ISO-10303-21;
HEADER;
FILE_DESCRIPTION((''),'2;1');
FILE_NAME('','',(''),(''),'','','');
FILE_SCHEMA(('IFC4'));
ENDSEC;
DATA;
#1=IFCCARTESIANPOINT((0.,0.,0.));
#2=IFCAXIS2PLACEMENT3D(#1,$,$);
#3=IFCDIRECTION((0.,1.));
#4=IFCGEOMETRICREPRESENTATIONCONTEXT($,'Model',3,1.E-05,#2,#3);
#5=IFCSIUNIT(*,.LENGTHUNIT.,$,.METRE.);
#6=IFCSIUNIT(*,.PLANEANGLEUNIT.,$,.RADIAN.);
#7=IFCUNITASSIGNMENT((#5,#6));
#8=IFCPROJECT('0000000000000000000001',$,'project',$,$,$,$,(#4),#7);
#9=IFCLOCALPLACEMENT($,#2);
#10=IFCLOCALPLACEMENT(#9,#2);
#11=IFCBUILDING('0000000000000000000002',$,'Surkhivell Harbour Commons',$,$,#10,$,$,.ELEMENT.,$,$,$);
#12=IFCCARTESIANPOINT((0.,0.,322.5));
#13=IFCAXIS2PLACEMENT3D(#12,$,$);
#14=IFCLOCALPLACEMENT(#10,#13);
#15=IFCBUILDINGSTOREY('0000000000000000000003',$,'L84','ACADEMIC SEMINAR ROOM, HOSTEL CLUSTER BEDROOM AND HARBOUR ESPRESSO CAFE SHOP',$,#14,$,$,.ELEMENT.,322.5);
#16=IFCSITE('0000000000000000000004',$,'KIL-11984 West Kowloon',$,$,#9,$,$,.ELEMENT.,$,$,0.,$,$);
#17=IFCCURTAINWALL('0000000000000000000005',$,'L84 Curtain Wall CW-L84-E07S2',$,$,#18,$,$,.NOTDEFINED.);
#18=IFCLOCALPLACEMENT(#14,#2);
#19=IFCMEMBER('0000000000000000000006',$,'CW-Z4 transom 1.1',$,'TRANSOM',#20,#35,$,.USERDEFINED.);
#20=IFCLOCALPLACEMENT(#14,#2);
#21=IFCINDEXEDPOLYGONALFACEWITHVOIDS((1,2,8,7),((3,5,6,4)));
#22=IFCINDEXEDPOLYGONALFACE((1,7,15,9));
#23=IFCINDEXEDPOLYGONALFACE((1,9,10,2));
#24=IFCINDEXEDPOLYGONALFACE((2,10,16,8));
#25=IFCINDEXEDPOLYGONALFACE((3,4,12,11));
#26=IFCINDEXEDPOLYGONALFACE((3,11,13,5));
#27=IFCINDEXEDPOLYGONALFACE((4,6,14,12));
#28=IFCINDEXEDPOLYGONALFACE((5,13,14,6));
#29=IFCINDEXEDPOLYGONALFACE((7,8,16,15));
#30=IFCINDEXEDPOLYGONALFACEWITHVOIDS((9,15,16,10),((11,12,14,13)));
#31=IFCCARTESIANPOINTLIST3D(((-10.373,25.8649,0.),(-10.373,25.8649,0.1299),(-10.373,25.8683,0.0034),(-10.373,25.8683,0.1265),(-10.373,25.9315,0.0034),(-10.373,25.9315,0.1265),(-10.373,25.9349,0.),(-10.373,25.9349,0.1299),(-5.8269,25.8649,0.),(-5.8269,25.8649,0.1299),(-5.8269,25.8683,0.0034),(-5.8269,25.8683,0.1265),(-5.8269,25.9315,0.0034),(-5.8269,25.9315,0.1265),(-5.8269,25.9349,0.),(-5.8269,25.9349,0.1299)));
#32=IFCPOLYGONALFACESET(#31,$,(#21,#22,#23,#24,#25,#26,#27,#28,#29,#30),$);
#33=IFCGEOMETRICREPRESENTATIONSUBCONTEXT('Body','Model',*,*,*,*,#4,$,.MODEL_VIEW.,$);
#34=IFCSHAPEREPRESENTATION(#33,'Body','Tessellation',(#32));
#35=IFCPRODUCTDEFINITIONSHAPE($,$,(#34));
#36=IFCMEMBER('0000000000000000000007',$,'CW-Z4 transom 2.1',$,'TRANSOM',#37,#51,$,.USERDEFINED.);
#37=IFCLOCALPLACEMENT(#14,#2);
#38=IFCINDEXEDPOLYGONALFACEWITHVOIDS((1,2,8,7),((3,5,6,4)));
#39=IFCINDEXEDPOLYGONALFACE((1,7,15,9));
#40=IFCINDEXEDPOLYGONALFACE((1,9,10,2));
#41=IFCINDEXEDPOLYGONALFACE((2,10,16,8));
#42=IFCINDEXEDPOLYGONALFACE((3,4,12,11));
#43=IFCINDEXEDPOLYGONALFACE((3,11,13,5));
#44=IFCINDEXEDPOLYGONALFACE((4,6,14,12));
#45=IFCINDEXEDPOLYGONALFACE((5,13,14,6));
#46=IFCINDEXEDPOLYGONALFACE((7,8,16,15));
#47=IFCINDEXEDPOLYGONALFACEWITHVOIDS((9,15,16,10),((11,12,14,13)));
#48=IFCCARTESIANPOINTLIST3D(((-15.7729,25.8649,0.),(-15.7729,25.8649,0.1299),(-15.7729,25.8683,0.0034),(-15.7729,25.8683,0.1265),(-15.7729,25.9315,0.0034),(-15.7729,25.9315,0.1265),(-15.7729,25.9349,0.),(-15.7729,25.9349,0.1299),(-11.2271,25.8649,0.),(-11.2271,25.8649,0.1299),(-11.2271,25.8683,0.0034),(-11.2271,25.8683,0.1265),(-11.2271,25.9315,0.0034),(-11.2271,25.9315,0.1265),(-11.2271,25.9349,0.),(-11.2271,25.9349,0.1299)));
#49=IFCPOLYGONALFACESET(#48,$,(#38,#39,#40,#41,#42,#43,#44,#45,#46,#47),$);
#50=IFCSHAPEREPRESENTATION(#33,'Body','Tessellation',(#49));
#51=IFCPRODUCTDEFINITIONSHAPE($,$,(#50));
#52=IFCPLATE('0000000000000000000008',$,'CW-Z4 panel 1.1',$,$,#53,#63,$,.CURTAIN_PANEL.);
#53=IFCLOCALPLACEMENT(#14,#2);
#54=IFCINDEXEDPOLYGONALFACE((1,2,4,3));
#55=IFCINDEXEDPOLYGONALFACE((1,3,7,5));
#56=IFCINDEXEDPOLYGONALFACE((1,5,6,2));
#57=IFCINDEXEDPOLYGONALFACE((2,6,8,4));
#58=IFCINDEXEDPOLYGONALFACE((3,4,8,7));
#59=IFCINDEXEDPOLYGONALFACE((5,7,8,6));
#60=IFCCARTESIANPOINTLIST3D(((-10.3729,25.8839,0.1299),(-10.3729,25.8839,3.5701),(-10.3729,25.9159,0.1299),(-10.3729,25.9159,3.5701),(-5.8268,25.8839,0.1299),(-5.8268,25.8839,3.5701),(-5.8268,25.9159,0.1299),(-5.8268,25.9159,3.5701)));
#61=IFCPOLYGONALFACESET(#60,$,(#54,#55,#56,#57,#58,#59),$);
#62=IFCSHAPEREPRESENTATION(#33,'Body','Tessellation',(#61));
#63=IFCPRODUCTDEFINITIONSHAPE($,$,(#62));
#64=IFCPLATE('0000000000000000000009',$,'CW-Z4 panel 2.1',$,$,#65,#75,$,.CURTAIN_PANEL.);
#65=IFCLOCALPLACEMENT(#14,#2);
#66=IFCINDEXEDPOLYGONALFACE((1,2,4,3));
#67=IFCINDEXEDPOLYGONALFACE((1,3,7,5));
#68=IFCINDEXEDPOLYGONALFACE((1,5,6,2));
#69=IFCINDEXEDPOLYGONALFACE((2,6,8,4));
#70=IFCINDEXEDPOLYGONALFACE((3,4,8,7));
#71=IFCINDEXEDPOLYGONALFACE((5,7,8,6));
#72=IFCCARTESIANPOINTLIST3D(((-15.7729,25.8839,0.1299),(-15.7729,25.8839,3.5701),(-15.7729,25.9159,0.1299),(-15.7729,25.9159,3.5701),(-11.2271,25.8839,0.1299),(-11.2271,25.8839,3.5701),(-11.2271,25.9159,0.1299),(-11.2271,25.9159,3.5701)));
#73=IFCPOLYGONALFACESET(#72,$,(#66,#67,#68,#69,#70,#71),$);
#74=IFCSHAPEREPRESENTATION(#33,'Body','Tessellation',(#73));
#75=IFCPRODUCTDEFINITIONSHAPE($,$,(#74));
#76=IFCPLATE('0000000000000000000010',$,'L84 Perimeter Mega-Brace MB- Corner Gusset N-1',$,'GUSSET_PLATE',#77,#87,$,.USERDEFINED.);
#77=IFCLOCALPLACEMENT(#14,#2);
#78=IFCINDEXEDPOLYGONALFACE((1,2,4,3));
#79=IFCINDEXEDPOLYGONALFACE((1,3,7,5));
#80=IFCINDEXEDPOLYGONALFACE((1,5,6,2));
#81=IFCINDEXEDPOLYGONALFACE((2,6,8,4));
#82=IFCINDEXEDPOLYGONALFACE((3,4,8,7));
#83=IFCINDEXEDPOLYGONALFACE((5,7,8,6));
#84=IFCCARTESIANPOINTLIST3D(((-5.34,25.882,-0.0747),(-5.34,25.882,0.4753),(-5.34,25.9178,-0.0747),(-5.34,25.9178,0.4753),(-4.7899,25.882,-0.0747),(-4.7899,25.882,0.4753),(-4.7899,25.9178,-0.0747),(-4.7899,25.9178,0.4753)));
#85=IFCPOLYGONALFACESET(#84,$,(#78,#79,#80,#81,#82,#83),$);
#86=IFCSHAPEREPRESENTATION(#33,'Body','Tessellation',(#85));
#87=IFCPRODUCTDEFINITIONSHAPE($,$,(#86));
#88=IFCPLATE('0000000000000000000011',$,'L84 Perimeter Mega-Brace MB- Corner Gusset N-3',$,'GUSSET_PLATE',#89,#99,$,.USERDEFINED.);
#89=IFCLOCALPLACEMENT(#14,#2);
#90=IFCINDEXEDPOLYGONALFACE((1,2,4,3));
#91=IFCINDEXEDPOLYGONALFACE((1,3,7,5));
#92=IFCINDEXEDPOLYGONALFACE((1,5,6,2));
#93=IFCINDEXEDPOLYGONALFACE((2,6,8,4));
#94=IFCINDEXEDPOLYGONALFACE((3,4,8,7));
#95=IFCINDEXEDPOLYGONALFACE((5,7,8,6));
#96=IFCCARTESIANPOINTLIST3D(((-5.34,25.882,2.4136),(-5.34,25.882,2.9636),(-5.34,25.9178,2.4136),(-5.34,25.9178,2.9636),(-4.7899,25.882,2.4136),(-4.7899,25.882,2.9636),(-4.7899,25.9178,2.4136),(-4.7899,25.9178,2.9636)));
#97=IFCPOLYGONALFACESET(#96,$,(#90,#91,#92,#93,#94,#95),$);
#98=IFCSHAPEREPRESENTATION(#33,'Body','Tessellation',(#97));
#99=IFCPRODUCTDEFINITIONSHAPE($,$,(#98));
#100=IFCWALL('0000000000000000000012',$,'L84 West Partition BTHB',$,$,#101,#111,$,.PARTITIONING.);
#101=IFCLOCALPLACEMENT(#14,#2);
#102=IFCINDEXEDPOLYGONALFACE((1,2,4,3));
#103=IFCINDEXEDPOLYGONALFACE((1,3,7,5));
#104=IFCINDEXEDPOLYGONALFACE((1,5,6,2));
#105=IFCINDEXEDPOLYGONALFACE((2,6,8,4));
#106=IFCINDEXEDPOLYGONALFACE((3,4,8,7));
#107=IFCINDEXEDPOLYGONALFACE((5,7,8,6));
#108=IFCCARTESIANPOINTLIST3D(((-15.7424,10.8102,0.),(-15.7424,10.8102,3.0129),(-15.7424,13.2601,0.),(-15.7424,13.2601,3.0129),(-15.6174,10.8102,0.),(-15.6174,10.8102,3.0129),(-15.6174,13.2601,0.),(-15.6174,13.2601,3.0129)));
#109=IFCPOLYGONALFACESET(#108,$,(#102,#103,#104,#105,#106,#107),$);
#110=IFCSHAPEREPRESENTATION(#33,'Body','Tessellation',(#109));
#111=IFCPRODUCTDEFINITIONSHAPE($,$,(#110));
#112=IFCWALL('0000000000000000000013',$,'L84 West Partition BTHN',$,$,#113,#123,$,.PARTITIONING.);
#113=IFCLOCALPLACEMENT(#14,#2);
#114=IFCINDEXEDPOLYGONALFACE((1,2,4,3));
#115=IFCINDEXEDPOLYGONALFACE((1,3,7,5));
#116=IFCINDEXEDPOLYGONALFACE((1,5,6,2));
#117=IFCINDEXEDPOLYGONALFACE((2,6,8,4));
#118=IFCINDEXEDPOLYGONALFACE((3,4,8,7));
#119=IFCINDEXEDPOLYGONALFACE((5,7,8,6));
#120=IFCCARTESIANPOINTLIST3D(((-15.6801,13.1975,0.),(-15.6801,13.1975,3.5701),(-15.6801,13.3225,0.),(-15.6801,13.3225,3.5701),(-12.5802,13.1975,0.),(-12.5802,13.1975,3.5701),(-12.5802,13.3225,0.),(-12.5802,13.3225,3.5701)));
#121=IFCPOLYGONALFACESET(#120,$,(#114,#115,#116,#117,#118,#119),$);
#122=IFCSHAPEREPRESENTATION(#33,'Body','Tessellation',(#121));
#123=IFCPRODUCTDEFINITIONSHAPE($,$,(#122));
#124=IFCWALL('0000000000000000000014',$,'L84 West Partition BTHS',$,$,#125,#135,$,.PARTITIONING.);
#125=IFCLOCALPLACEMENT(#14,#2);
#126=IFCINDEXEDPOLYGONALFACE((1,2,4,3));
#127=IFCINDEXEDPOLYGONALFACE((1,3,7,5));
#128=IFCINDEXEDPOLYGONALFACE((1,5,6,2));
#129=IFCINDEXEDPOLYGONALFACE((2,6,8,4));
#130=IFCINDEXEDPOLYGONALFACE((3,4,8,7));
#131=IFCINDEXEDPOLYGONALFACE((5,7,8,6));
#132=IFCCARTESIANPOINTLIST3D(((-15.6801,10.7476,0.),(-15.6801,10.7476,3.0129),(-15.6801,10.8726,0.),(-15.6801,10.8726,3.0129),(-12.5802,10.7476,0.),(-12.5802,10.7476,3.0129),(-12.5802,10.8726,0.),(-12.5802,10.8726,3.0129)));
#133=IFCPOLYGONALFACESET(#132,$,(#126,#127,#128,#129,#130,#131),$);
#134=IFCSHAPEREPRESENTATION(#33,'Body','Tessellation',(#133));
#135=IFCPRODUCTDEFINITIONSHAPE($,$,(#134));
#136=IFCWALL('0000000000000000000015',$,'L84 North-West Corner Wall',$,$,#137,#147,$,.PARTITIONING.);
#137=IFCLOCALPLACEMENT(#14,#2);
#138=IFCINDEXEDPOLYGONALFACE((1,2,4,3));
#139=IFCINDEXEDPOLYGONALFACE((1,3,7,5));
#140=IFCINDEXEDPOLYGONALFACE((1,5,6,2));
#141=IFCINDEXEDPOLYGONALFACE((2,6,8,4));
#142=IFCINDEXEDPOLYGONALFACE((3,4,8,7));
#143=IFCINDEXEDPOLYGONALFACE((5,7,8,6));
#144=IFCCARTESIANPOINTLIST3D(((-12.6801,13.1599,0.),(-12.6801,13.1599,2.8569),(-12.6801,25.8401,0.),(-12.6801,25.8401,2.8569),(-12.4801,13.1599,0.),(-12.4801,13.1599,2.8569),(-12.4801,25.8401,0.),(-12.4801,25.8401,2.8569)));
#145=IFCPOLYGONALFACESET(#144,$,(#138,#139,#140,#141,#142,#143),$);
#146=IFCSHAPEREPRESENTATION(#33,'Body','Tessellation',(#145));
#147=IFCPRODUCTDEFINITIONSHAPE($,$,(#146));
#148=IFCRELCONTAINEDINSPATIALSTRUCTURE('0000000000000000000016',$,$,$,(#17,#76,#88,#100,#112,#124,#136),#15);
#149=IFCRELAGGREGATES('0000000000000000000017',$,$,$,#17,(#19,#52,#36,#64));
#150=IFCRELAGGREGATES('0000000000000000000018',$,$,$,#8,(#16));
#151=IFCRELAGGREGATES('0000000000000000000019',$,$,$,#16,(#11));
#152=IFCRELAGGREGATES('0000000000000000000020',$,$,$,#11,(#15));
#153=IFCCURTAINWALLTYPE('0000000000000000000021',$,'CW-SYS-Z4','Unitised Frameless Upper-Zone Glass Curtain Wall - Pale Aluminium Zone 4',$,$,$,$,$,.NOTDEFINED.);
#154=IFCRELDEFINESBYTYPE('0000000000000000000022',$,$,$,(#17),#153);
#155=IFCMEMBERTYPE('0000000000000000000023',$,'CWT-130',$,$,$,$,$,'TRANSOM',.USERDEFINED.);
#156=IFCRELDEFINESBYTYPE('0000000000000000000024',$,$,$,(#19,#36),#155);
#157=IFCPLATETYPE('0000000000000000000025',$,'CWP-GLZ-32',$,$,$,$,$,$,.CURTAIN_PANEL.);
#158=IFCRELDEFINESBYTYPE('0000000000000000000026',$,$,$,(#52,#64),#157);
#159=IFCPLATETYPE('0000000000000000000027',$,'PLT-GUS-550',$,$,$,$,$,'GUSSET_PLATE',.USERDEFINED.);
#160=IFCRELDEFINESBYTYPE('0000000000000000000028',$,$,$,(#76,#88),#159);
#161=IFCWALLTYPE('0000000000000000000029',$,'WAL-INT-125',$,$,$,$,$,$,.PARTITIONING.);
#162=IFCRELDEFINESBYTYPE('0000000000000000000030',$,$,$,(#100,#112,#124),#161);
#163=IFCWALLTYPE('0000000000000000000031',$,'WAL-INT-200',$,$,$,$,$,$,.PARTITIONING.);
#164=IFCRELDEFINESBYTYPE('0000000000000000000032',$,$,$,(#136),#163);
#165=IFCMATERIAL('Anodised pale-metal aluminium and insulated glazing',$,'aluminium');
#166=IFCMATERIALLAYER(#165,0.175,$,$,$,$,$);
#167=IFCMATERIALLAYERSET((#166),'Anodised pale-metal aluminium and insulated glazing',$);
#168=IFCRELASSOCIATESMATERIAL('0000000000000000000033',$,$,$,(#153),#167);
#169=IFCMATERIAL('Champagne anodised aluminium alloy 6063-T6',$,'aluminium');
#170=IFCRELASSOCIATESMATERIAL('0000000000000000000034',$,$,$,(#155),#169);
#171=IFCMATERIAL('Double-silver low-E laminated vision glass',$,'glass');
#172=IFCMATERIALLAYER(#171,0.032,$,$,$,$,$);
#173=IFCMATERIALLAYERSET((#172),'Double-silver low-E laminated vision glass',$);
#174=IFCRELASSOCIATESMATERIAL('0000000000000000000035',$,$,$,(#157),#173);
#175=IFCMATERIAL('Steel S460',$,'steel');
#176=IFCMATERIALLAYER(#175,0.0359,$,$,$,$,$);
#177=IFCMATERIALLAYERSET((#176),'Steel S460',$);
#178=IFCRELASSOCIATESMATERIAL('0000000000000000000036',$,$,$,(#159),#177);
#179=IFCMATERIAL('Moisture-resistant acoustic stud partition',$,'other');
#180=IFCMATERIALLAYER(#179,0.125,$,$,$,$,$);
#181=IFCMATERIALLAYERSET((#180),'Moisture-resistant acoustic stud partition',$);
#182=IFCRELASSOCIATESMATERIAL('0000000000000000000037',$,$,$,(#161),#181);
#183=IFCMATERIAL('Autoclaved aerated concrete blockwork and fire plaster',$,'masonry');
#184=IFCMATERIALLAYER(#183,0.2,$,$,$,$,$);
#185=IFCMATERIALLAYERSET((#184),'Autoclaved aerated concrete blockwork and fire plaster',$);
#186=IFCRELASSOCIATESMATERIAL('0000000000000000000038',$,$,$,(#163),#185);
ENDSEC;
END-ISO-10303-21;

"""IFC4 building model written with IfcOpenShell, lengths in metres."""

from ifc_helpers import new_model, si_unit, direction, frame, frame_2d, origin, origin_2d, place, context, subcontext, project, spatial, rectangle, hollow_rectangle, extrude, material, layer, layer_set, material_profile, profile_set, type_object, element, aggregate, save


model = new_model("IFC4")

# Units and contexts
model_context = context("Model", 3, precision=1e-05, world=origin(), true_north=direction((0.0, 1.0)))
body_context = subcontext(model_context, "Body", "Model", "MODEL_VIEW")
ifc_project = project(units=[si_unit("LENGTHUNIT", "METRE"), si_unit("PLANEANGLEUNIT", "RADIAN")], contexts=[model_context])

# Site, building, storey
site_placement = place(None, origin())
site = spatial("IfcSite", under=ifc_project, at=site_placement, Name="KIL-11984 West Kowloon", CompositionType="ELEMENT", RefElevation=0.0)
building_placement = place(site_placement, origin())
building = spatial("IfcBuilding", under=site, at=building_placement, Name="Surkhivell Harbour Commons", CompositionType="ELEMENT")
storey_placement = place(building_placement, frame((0.0, 0.0, 322.5)))
storey = spatial("IfcBuildingStorey", under=building, at=storey_placement, Name="L84", Description="ACADEMIC SEMINAR ROOM, HOSTEL CLUSTER BEDROOM AND HARBOUR ESPRESSO CAFE SHOP", CompositionType="ELEMENT", Elevation=322.5)

# Curtain wall, members, plates
ifc_material_1 = material(Name="Anodised pale-metal aluminium and insulated glazing", Category="aluminium")
ifc_layer_1 = layer(ifc_material_1, 0.175)
ifc_layer_set_1 = layer_set([ifc_layer_1], Name="Anodised pale-metal aluminium and insulated glazing")
curtain_wall_type = type_object("IfcCurtainWallType", Name="CW-SYS-Z4", Description="Unitised Frameless Upper-Zone Glass Curtain Wall - Pale Aluminium Zone 4", PredefinedType="NOTDEFINED", material=ifc_layer_set_1)
curtain_wall_placement = place(storey_placement, origin())
curtain_wall = element("IfcCurtainWall", 1, at=curtain_wall_placement, inside=storey, type_object=curtain_wall_type, Name="L84 Curtain Wall CW-L84-E07S2", PredefinedType="NOTDEFINED")
ifc_material_2 = material(Name="Champagne anodised aluminium alloy 6063-T6", Category="aluminium")
ifc_material_profile_1 = material_profile(ifc_material_2, hollow_rectangle(XDim=0.0701, YDim=0.1299, WallThickness=0.0034, at=origin_2d()), Name="ALU-TRAN-70x130")
ifc_profile_set_1 = profile_set([ifc_material_profile_1], Name="Champagne anodised aluminium alloy 6063-T6")
member_type_1 = type_object("IfcMemberType", Name="CWT-130", ElementType="TRANSOM", PredefinedType="USERDEFINED", material=ifc_profile_set_1)
member_1_placement = place(storey_placement, frame((-5.8269, 25.8999, 0.0649), z_axis=(-1.0, 0.0, 0.0), x_axis=(0.0, -1.0, 0.0)))
member_1 = element("IfcMember", 2, at=member_1_placement, type_object=member_type_1, Name="CW-Z4 transom 1.1", ObjectType="TRANSOM", PredefinedType="USERDEFINED", context=body_context, shape_type="SweptSolid", body=[
    extrude(hollow_rectangle(XDim=0.0701, YDim=0.1299, WallThickness=0.0034, at=origin_2d()), origin(), (0.0, 0.0, 1.0), 4.5461),
])
member_2_placement = place(storey_placement, frame((-11.2271, 25.8999, 0.0649), z_axis=(-1.0, 0.0, 0.0), x_axis=(0.0, -1.0, 0.0)))
member_2 = element("IfcMember", 3, at=member_2_placement, type_object=member_type_1, Name="CW-Z4 transom 2.1", ObjectType="TRANSOM", PredefinedType="USERDEFINED", context=body_context, shape_type="SweptSolid", body=[
    extrude(hollow_rectangle(XDim=0.0701, YDim=0.1299, WallThickness=0.0034, at=origin_2d()), origin(), (0.0, 0.0, 1.0), 4.5459),
])
ifc_material_3 = material(Name="Double-silver low-E laminated vision glass", Category="glass")
ifc_layer_2 = layer(ifc_material_3, 0.032)
ifc_layer_set_2 = layer_set([ifc_layer_2], Name="Double-silver low-E laminated vision glass")
plate_type_1 = type_object("IfcPlateType", Name="CWP-GLZ-32", PredefinedType="CURTAIN_PANEL", material=ifc_layer_set_2)
plate_1_placement = place(storey_placement, frame((-5.8269, 25.8999, 0.1299), z_axis=(0.0, 0.0, 1.0), x_axis=(-1.0, 0.0, 0.0)))
plate_1 = element("IfcPlate", 4, at=plate_1_placement, type_object=plate_type_1, Name="CW-Z4 panel 1.1", PredefinedType="CURTAIN_PANEL", context=body_context, shape_type="SweptSolid", body=[
    extrude(rectangle(XDim=4.5461, YDim=0.032, at=frame_2d((2.2729, 0.0))), origin(), (0.0, 0.0, 1.0), 3.4402),
])
plate_2_placement = place(storey_placement, frame((-11.2271, 25.8999, 0.1299), z_axis=(0.0, 0.0, 1.0), x_axis=(-1.0, 0.0, 0.0)))
plate_2 = element("IfcPlate", 5, at=plate_2_placement, type_object=plate_type_1, Name="CW-Z4 panel 2.1", PredefinedType="CURTAIN_PANEL", context=body_context, shape_type="SweptSolid", body=[
    extrude(rectangle(XDim=4.5459, YDim=0.032, at=frame_2d((2.2729, 0.0))), origin(), (0.0, 0.0, 1.0), 3.4402),
])
aggregate(curtain_wall, [member_1, plate_1, member_2, plate_2])

# Plates
ifc_material_4 = material(Name="Steel S460", Category="steel")
ifc_layer_3 = layer(ifc_material_4, 0.0359)
ifc_layer_set_3 = layer_set([ifc_layer_3], Name="Steel S460")
plate_type_2 = type_object("IfcPlateType", Name="PLT-GUS-550", ElementType="GUSSET_PLATE", PredefinedType="USERDEFINED", material=ifc_layer_set_3)
for number, where, z_axis, x_axis, name in (
    (6, (-5.0649, 25.8999, -0.0747), (0.0, 0.0, 1.0), (1.0, 0.0, 0.0), "L84 Perimeter Mega-Brace MB- Corner Gusset N-1"),
    (7, (-5.0649, 25.8999, 2.4136), (0.0, 0.0, 1.0), (1.0, 0.0, 0.0), "L84 Perimeter Mega-Brace MB- Corner Gusset N-3"),
):
    element("IfcPlate", number, at=place(storey_placement, frame(where, z_axis=z_axis, x_axis=x_axis)), inside=storey, type_object=plate_type_2, Name=name, ObjectType="GUSSET_PLATE", PredefinedType="USERDEFINED", context=body_context, shape_type="SweptSolid", body=[
        extrude(rectangle(XDim=0.55, YDim=0.0359, at=origin_2d()), origin(), (0.0, 0.0, 1.0), 0.55),
    ])

# Walls
ifc_material_5 = material(Name="Moisture-resistant acoustic stud partition", Category="other")
ifc_layer_4 = layer(ifc_material_5, 0.125)
ifc_layer_set_4 = layer_set([ifc_layer_4], Name="Moisture-resistant acoustic stud partition")
wall_type_1 = type_object("IfcWallType", Name="WAL-INT-125", PredefinedType="PARTITIONING", material=ifc_layer_set_4)
wall_1_placement = place(storey_placement, frame((-15.6799, 10.8101, 0.0), z_axis=(0.0, 0.0, 1.0), x_axis=(0.0, 1.0, 0.0)))
element("IfcWall", 8, at=wall_1_placement, inside=storey, type_object=wall_type_1, Name="L84 West Partition BTHB", PredefinedType="PARTITIONING", context=body_context, shape_type="SweptSolid", body=[
    extrude(rectangle(XDim=2.45, YDim=0.125, at=frame_2d((1.2251, 0.0))), origin(), (0.0, 0.0, 1.0), 3.0129),
])
wall_2_placement = place(storey_placement, frame((-15.6799, 13.26, 0.0), z_axis=(0.0, 0.0, 1.0), x_axis=(1.0, 0.0, 0.0)))
element("IfcWall", 9, at=wall_2_placement, inside=storey, type_object=wall_type_1, Name="L84 West Partition BTHN", PredefinedType="PARTITIONING", context=body_context, shape_type="SweptSolid", body=[
    extrude(rectangle(XDim=3.0999, YDim=0.125, at=frame_2d((1.5498, 0.0))), origin(), (0.0, 0.0, 1.0), 3.5701),
])
wall_3_placement = place(storey_placement, frame((-15.6799, 10.8101, 0.0), z_axis=(0.0, 0.0, 1.0), x_axis=(1.0, 0.0, 0.0)))
element("IfcWall", 10, at=wall_3_placement, inside=storey, type_object=wall_type_1, Name="L84 West Partition BTHS", PredefinedType="PARTITIONING", context=body_context, shape_type="SweptSolid", body=[
    extrude(rectangle(XDim=3.0999, YDim=0.125, at=frame_2d((1.5498, 0.0))), origin(), (0.0, 0.0, 1.0), 3.0129),
])
ifc_material_6 = material(Name="Autoclaved aerated concrete blockwork and fire plaster", Category="masonry")
ifc_layer_5 = layer(ifc_material_6, 0.2)
ifc_layer_set_5 = layer_set([ifc_layer_5], Name="Autoclaved aerated concrete blockwork and fire plaster")
wall_type_2 = type_object("IfcWallType", Name="WAL-INT-200", PredefinedType="PARTITIONING", material=ifc_layer_set_5)
wall_4_placement = place(storey_placement, frame((-12.5801, 13.1599, 0.0), z_axis=(0.0, 0.0, 1.0), x_axis=(0.0, 1.0, 0.0)))
element("IfcWall", 11, at=wall_4_placement, inside=storey, type_object=wall_type_2, Name="L84 North-West Corner Wall", PredefinedType="PARTITIONING", context=body_context, shape_type="SweptSolid", body=[
    extrude(rectangle(XDim=12.6802, YDim=0.2, at=frame_2d((6.3401, 0.0))), origin(), (0.0, 0.0, 1.0), 2.8569),
])

save(model, "model.ifc")
